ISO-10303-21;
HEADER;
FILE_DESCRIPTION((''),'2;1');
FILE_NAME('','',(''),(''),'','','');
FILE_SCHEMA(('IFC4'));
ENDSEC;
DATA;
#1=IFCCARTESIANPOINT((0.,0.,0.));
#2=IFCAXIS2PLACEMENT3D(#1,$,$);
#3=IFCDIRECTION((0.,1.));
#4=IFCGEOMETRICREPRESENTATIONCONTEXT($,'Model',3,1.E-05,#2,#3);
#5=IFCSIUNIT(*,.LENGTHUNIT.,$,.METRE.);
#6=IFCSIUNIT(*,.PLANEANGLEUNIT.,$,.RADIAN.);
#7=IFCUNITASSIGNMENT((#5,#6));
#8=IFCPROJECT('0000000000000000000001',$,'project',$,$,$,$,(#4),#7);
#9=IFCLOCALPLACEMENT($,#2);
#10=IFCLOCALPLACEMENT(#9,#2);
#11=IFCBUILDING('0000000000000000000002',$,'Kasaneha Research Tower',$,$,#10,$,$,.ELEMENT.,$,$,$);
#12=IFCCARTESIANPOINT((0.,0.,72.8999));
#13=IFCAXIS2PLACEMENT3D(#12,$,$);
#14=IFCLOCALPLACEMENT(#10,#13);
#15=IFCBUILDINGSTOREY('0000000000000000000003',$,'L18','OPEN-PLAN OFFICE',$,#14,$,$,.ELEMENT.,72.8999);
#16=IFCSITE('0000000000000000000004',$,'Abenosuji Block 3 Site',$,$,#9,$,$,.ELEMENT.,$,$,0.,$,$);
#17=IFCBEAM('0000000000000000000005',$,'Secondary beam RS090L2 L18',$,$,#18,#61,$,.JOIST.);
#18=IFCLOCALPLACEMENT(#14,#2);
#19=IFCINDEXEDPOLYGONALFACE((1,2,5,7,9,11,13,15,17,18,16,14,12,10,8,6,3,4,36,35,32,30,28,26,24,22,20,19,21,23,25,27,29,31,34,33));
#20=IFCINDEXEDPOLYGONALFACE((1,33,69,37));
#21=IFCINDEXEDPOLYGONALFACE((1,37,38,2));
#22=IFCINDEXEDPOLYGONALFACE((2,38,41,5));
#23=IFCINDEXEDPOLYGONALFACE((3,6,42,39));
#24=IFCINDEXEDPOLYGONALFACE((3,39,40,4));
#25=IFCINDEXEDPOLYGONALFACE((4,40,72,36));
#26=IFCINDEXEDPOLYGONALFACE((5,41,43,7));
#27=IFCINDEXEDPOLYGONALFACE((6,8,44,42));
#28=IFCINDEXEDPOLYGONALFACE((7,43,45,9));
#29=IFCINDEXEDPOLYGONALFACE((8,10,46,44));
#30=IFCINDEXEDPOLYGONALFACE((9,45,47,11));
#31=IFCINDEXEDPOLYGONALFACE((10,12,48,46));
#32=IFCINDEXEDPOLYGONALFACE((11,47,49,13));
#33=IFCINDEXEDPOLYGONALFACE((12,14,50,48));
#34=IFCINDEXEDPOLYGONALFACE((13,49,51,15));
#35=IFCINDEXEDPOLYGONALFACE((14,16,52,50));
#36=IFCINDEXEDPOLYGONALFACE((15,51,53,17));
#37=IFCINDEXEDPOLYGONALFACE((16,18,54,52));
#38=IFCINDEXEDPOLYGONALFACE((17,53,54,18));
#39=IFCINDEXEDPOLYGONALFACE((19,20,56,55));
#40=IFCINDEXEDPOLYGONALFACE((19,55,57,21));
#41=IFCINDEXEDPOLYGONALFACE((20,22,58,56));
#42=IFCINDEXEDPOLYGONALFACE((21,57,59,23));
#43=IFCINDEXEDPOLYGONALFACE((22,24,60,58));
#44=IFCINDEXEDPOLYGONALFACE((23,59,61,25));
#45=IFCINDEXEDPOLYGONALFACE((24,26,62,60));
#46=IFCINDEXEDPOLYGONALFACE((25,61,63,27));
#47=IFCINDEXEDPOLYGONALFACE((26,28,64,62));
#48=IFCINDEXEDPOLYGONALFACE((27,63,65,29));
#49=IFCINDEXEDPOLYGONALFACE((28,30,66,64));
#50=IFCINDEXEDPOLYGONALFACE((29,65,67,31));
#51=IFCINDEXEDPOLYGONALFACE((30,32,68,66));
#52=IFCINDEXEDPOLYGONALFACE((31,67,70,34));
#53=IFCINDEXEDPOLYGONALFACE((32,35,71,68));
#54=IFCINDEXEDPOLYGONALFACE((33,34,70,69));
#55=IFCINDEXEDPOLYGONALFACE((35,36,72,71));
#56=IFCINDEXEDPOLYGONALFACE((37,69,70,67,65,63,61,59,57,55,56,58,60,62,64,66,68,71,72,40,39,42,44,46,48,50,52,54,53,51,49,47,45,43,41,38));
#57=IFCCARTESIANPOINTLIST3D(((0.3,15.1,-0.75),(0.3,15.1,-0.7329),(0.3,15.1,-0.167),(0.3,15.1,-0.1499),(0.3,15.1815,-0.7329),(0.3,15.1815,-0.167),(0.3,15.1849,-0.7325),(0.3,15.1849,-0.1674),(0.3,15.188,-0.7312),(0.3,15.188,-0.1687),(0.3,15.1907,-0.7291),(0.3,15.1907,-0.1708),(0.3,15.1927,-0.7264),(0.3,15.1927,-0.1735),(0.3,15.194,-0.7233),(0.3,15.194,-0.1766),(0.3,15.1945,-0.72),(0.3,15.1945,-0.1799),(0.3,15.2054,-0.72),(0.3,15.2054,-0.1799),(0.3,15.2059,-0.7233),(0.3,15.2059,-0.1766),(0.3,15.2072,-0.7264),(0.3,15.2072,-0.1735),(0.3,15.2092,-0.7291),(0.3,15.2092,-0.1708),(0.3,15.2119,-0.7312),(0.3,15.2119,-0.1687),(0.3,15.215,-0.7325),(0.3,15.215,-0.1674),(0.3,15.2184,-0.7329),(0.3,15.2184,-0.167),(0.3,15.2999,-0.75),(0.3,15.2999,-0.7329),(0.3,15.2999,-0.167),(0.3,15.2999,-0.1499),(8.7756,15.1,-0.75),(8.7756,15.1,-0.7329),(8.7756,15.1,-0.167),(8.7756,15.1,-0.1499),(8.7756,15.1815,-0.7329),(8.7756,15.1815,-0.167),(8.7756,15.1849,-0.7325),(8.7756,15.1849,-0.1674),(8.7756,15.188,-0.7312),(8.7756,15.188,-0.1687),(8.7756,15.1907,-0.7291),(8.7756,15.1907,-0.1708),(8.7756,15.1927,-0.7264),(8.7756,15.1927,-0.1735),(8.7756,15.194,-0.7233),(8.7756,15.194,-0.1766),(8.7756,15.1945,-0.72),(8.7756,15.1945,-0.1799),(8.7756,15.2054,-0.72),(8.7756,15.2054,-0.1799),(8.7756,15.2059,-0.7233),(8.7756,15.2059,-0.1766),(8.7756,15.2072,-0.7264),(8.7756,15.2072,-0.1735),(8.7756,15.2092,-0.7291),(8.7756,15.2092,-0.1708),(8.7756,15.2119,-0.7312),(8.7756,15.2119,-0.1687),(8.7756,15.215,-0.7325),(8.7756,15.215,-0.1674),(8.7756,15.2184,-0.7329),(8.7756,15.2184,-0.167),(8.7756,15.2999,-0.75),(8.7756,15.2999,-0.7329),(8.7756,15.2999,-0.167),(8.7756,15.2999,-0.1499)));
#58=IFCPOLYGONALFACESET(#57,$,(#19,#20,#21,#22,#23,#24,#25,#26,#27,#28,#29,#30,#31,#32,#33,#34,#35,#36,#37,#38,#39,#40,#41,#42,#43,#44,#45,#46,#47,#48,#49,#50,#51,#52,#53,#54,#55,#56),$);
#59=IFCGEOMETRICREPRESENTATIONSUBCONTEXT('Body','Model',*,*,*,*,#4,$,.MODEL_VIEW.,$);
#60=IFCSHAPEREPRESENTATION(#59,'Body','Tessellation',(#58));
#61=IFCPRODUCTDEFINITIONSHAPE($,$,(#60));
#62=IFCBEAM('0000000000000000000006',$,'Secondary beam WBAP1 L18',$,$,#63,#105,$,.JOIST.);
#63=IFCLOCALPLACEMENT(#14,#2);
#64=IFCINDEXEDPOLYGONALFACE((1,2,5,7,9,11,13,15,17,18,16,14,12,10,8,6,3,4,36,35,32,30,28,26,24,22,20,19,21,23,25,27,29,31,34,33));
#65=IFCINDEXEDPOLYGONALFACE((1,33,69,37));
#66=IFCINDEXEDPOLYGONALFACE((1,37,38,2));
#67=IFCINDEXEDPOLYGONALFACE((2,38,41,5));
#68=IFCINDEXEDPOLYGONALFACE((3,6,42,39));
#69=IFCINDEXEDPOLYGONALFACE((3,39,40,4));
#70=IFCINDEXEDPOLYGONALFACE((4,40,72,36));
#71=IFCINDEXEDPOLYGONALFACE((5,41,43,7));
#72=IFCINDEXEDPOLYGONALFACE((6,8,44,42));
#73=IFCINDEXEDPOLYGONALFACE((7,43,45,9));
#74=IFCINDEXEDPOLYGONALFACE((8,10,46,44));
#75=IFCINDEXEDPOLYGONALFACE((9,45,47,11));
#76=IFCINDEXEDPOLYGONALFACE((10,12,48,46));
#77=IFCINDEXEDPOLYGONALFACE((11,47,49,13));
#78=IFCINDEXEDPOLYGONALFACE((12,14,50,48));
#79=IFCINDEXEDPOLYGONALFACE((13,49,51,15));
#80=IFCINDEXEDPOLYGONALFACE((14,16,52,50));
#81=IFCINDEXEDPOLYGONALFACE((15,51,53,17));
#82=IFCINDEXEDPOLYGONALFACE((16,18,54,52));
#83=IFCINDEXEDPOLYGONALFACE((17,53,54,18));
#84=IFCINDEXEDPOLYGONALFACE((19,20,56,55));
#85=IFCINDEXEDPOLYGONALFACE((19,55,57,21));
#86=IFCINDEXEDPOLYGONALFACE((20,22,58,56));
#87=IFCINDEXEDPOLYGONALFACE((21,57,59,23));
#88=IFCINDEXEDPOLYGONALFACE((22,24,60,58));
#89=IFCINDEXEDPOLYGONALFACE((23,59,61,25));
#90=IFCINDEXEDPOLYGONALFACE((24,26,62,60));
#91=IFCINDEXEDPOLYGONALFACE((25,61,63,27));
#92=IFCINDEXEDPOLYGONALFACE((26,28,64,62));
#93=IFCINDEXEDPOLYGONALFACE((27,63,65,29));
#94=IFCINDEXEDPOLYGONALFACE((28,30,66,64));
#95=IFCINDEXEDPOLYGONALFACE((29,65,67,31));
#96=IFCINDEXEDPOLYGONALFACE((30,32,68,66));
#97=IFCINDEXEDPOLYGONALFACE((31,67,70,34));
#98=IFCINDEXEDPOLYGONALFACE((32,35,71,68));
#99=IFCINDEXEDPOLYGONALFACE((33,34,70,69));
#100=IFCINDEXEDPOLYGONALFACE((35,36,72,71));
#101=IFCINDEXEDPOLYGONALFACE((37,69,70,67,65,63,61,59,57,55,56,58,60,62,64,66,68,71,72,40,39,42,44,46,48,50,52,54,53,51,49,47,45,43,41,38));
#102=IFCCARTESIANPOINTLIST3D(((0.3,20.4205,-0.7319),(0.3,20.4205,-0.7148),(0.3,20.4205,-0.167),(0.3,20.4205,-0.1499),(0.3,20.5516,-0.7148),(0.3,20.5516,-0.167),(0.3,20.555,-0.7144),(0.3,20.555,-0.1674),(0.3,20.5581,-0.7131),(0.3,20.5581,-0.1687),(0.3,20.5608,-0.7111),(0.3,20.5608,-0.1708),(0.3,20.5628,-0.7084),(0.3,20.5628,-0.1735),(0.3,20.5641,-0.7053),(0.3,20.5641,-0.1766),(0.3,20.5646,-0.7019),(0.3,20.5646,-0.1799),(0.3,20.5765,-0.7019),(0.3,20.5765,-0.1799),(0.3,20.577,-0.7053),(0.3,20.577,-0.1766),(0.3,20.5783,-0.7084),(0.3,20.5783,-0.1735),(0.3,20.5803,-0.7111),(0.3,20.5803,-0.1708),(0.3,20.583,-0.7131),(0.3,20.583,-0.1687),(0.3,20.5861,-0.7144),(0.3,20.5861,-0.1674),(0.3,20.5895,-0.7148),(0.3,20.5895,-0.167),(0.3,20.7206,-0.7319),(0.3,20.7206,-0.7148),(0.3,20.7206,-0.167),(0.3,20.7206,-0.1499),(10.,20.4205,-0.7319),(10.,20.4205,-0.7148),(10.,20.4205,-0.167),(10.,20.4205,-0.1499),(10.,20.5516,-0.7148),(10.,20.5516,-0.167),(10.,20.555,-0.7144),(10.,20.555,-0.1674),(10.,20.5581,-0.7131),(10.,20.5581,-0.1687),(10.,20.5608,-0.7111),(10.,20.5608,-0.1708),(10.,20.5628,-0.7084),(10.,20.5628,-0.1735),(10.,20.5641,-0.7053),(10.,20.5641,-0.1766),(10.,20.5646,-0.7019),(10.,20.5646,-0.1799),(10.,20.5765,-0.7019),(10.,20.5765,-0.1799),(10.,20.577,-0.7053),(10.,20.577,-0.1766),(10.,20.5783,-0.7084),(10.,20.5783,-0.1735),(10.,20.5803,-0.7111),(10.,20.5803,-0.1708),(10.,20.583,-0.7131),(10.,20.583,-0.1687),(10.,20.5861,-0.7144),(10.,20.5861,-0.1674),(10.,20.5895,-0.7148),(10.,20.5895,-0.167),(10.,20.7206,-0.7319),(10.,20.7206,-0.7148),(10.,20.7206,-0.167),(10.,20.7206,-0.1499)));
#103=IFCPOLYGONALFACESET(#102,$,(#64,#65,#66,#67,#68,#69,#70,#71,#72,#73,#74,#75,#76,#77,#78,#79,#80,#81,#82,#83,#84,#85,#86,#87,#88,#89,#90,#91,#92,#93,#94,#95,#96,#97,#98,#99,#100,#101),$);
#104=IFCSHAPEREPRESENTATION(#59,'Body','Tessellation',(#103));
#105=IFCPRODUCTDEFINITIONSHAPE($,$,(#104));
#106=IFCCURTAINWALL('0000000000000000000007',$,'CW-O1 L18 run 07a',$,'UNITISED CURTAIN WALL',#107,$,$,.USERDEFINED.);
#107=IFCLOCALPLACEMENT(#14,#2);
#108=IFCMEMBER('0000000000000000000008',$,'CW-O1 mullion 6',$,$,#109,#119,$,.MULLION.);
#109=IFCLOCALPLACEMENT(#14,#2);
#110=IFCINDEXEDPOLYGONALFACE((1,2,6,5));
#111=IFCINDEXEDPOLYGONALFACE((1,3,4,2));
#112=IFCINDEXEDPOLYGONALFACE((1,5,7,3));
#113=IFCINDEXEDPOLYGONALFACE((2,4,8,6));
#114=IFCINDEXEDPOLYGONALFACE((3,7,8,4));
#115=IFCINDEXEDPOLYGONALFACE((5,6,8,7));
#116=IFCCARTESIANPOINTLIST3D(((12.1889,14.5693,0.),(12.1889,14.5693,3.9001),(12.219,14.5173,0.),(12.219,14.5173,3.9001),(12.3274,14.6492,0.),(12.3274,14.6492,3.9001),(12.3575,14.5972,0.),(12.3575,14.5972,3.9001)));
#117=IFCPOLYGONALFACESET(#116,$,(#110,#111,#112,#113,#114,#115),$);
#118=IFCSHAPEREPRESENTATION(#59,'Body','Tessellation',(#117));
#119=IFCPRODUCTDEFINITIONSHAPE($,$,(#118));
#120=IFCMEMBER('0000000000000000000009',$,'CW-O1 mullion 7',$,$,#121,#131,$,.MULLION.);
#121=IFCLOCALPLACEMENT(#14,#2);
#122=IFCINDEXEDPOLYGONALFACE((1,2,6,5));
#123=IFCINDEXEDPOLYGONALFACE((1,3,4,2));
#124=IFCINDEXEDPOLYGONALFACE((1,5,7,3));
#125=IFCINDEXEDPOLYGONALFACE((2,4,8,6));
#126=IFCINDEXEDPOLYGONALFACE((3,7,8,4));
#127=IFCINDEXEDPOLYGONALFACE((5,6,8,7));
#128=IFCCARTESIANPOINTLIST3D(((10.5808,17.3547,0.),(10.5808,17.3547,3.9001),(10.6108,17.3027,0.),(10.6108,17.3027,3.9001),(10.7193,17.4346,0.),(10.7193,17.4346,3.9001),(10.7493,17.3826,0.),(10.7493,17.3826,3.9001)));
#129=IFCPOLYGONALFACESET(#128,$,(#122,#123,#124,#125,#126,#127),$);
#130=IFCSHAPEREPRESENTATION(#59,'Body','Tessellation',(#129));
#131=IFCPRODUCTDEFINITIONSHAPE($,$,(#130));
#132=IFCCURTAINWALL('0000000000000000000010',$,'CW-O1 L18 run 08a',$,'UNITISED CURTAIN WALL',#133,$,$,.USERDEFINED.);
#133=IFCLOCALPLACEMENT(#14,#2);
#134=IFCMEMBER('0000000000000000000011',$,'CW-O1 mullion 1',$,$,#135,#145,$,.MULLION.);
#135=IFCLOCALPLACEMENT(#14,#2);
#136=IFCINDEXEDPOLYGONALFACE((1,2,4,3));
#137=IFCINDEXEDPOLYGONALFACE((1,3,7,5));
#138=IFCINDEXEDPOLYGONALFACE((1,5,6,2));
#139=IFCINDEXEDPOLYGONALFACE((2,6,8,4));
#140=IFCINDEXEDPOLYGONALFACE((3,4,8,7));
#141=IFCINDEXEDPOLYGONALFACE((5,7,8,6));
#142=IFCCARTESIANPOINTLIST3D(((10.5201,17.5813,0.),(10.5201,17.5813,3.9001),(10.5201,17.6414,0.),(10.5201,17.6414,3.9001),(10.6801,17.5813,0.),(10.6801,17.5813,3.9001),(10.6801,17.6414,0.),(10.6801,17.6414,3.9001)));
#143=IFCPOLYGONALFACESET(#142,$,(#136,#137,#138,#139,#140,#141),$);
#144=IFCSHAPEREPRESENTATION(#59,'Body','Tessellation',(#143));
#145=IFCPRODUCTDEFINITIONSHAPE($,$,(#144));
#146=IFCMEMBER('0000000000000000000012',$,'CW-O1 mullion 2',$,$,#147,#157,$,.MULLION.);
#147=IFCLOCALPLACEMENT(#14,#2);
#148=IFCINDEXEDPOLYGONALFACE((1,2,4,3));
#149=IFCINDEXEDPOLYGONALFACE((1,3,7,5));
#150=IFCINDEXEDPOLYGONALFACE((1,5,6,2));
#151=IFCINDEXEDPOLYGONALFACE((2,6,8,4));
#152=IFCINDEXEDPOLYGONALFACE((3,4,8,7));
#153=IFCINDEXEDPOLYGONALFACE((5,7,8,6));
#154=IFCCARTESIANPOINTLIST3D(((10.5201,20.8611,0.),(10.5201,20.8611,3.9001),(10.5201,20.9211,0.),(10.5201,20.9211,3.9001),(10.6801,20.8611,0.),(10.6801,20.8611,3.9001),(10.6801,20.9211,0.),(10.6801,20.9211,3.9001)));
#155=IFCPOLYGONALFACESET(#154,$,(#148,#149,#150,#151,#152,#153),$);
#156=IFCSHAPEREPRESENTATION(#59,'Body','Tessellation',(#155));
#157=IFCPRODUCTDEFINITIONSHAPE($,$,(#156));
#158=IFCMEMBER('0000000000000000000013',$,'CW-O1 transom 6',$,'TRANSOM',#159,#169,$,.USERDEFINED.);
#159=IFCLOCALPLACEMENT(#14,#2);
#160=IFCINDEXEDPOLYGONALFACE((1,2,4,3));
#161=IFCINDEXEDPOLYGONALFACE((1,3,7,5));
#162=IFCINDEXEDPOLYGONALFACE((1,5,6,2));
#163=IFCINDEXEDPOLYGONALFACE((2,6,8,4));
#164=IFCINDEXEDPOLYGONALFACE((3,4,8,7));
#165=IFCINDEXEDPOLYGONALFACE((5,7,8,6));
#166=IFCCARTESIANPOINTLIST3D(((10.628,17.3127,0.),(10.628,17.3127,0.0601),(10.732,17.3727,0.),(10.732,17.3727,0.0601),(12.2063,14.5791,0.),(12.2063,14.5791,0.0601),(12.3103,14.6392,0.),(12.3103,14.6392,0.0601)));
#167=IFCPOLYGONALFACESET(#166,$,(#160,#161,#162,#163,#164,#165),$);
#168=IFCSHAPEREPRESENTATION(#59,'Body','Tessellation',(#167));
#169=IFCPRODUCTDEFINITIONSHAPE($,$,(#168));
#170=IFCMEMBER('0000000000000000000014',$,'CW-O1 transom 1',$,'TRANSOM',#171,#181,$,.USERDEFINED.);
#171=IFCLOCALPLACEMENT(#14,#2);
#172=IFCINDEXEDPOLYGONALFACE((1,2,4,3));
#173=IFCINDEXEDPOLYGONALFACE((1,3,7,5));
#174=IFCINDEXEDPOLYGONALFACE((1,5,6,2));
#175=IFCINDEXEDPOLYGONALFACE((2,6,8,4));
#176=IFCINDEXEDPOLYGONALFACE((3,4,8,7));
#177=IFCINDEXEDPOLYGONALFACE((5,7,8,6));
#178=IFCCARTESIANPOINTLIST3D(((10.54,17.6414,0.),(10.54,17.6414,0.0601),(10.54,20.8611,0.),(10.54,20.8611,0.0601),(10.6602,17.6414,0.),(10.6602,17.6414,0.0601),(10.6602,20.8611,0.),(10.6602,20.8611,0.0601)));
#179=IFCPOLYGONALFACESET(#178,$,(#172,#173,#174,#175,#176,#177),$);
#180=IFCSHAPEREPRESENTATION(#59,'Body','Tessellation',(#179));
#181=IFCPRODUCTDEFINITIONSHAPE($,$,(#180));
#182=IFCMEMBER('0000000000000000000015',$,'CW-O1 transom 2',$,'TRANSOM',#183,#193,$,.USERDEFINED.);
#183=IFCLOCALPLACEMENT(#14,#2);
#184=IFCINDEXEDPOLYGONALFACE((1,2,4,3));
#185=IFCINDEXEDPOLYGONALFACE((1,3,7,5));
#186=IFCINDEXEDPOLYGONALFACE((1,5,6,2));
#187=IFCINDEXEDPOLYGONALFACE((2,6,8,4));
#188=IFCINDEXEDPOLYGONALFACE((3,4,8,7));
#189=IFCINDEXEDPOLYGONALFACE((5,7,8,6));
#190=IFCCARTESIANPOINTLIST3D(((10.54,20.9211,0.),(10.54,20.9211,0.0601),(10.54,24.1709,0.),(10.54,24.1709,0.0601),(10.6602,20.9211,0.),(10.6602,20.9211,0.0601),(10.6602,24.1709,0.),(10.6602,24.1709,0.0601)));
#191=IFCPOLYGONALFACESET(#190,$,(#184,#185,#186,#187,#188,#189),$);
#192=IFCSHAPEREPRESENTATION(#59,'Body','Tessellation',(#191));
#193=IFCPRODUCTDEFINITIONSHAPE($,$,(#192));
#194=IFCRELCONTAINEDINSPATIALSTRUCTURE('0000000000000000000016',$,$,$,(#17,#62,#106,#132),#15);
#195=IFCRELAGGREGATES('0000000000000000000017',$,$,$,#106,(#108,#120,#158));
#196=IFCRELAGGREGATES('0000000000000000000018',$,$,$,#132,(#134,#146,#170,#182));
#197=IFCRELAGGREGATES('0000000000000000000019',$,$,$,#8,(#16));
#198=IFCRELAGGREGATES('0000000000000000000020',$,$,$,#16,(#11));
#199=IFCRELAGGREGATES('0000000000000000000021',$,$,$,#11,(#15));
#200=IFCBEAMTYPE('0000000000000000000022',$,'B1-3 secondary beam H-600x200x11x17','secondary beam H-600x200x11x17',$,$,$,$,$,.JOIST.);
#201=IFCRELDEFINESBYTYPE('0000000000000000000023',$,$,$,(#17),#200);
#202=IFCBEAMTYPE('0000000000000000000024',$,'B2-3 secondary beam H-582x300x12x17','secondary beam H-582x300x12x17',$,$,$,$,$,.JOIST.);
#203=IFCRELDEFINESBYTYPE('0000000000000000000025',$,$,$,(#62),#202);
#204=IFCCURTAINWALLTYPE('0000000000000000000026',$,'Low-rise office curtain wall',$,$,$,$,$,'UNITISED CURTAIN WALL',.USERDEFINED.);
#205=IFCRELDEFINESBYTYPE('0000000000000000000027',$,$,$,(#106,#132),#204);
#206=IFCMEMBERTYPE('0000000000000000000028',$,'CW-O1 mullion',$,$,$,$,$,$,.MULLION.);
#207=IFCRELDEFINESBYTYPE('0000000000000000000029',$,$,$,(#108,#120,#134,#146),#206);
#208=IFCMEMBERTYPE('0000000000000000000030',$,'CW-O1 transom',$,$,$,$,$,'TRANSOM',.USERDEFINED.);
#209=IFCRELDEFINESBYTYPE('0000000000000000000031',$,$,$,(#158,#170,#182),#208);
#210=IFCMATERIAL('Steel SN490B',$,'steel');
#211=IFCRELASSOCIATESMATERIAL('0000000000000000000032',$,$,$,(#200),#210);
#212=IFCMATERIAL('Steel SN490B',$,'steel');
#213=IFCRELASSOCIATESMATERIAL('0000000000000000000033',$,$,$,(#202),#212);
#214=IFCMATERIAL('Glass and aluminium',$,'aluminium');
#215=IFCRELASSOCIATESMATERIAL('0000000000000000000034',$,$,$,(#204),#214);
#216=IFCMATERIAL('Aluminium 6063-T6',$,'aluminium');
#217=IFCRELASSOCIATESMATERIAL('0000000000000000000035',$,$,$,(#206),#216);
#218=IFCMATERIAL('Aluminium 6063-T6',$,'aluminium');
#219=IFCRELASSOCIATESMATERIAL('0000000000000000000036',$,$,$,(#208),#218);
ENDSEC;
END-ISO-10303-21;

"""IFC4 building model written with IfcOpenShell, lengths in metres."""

from ifc_helpers import new_model, si_unit, direction, frame, origin, origin_2d, place, context, subcontext, project, spatial, rectangle, i_section, extrude, material, material_profile, profile_set, type_object, element, aggregate, save


model = new_model("IFC4")

# Units and contexts
model_context = context("Model", 3, precision=1e-05, world=origin(), true_north=direction((0.0, 1.0)))
body_context = subcontext(model_context, "Body", "Model", "MODEL_VIEW")
ifc_project = project(units=[si_unit("LENGTHUNIT", "METRE"), si_unit("PLANEANGLEUNIT", "RADIAN")], contexts=[model_context])

# Site, building, storey
site_placement = place(None, origin())
site = spatial("IfcSite", under=ifc_project, at=site_placement, Name="Abenosuji Block 3 Site", CompositionType="ELEMENT", RefElevation=0.0)
building_placement = place(site_placement, origin())
building = spatial("IfcBuilding", under=site, at=building_placement, Name="Kasaneha Research Tower", CompositionType="ELEMENT")
storey_placement = place(building_placement, frame((0.0, 0.0, 72.8999)))
storey = spatial("IfcBuildingStorey", under=building, at=storey_placement, Name="L18", Description="OPEN-PLAN OFFICE", CompositionType="ELEMENT", Elevation=72.8999)

# Beams
ifc_material_1 = material(Name="Steel SN490B", Category="steel")
ifc_material_profile_1 = material_profile(ifc_material_1, i_section(OverallWidth=0.2, OverallDepth=0.6001, WebThickness=0.011, FlangeThickness=0.0171, FilletRadius=0.0129, at=origin_2d()), Name="H-600x200x11x17")
ifc_profile_set_1 = profile_set([ifc_material_profile_1], Name="Steel SN490B")
beam_type_1 = type_object("IfcBeamType", Name="B1-3 secondary beam H-600x200x11x17", Description="secondary beam H-600x200x11x17", PredefinedType="JOIST", material=ifc_profile_set_1)
beam_1_placement = place(storey_placement, frame((8.7756, 15.2, -0.45), z_axis=(-1.0, 0.0, 0.0), x_axis=(0.0, -1.0, 0.0)))
element("IfcBeam", 1, at=beam_1_placement, inside=storey, type_object=beam_type_1, Name="Secondary beam RS090L2 L18", PredefinedType="JOIST", context=body_context, shape_type="SweptSolid", body=[
    extrude(i_section(OverallWidth=0.2, OverallDepth=0.6001, WebThickness=0.011, FlangeThickness=0.0171, FilletRadius=0.0129, at=origin_2d()), origin(), (0.0, 0.0, 1.0), 8.4756),
])
ifc_material_2 = material(Name="Steel SN490B", Category="steel")
ifc_material_profile_2 = material_profile(ifc_material_2, i_section(OverallWidth=0.3, OverallDepth=0.582, WebThickness=0.012, FlangeThickness=0.0171, FilletRadius=0.0129, at=origin_2d()), Name="H-582x300x12x17")
ifc_profile_set_2 = profile_set([ifc_material_profile_2], Name="Steel SN490B")
beam_type_2 = type_object("IfcBeamType", Name="B2-3 secondary beam H-582x300x12x17", Description="secondary beam H-582x300x12x17", PredefinedType="JOIST", material=ifc_profile_set_2)
beam_2_placement = place(storey_placement, frame((10.0, 20.5706, -0.4409), z_axis=(-1.0, 0.0, 0.0), x_axis=(0.0, -1.0, 0.0)))
element("IfcBeam", 2, at=beam_2_placement, inside=storey, type_object=beam_type_2, Name="Secondary beam WBAP1 L18", PredefinedType="JOIST", context=body_context, shape_type="SweptSolid", body=[
    extrude(i_section(OverallWidth=0.3, OverallDepth=0.582, WebThickness=0.012, FlangeThickness=0.0171, FilletRadius=0.0129, at=origin_2d()), origin(), (0.0, 0.0, 1.0), 9.7),
])

# Curtain walls, members
ifc_material_3 = material(Name="Glass and aluminium", Category="aluminium")
curtain_wall_type = type_object("IfcCurtainWallType", Name="Low-rise office curtain wall", ElementType="UNITISED CURTAIN WALL", PredefinedType="USERDEFINED", material=ifc_material_3)
curtain_wall_1_placement = place(storey_placement, origin())
curtain_wall_1 = element("IfcCurtainWall", 3, at=curtain_wall_1_placement, inside=storey, type_object=curtain_wall_type, Name="CW-O1 L18 run 07a", ObjectType="UNITISED CURTAIN WALL", PredefinedType="USERDEFINED")
ifc_material_4 = material(Name="Aluminium 6063-T6", Category="aluminium")
ifc_material_profile_3 = material_profile(ifc_material_4, rectangle(XDim=0.0601, YDim=0.1599, at=origin_2d()), Name="CW-O1 mullion 60x160")
ifc_profile_set_3 = profile_set([ifc_material_profile_3], Name="Aluminium 6063-T6")
member_type_1 = type_object("IfcMemberType", Name="CW-O1 mullion", PredefinedType="MULLION", material=ifc_profile_set_3)
member_1_placement = place(storey_placement, frame((12.2732, 14.5833, 0.0), z_axis=(0.0, 0.0, 1.0), x_axis=(-0.5, 0.866025, 0.0)))
member_1 = element("IfcMember", 4, at=member_1_placement, type_object=member_type_1, Name="CW-O1 mullion 6", PredefinedType="MULLION", context=body_context, shape_type="SweptSolid", body=[
    extrude(rectangle(XDim=0.0601, YDim=0.1599, at=origin_2d()), origin(), (0.0, 0.0, 1.0), 3.9001),
])
member_2_placement = place(storey_placement, frame((10.665, 17.3687, 0.0), z_axis=(0.0, 0.0, 1.0), x_axis=(-0.5, 0.866025, 0.0)))
member_2 = element("IfcMember", 5, at=member_2_placement, type_object=member_type_1, Name="CW-O1 mullion 7", PredefinedType="MULLION", context=body_context, shape_type="SweptSolid", body=[
    extrude(rectangle(XDim=0.0601, YDim=0.1599, at=origin_2d()), origin(), (0.0, 0.0, 1.0), 3.9001),
])
curtain_wall_2_placement = place(storey_placement, origin())
curtain_wall_2 = element("IfcCurtainWall", 6, at=curtain_wall_2_placement, inside=storey, type_object=curtain_wall_type, Name="CW-O1 L18 run 08a", ObjectType="UNITISED CURTAIN WALL", PredefinedType="USERDEFINED")
member_3_placement = place(storey_placement, frame((10.6001, 17.6113, 0.0), z_axis=(0.0, 0.0, 1.0), x_axis=(0.0, 1.0, 0.0)))
member_3 = element("IfcMember", 7, at=member_3_placement, type_object=member_type_1, Name="CW-O1 mullion 1", PredefinedType="MULLION", context=body_context, shape_type="SweptSolid", body=[
    extrude(rectangle(XDim=0.0601, YDim=0.1599, at=origin_2d()), origin(), (0.0, 0.0, 1.0), 3.9001),
])
member_4_placement = place(storey_placement, frame((10.6001, 20.8911, 0.0), z_axis=(0.0, 0.0, 1.0), x_axis=(0.0, 1.0, 0.0)))
member_4 = element("IfcMember", 8, at=member_4_placement, type_object=member_type_1, Name="CW-O1 mullion 2", PredefinedType="MULLION", context=body_context, shape_type="SweptSolid", body=[
    extrude(rectangle(XDim=0.0601, YDim=0.1599, at=origin_2d()), origin(), (0.0, 0.0, 1.0), 3.9001),
])

# Members
ifc_material_5 = material(Name="Aluminium 6063-T6", Category="aluminium")
ifc_material_profile_4 = material_profile(ifc_material_5, rectangle(XDim=0.1201, YDim=0.0601, at=origin_2d()), Name="CW-O1 transom 120x60")
ifc_profile_set_4 = profile_set([ifc_material_profile_4], Name="Aluminium 6063-T6")
member_type_2 = type_object("IfcMemberType", Name="CW-O1 transom", ElementType="TRANSOM", PredefinedType="USERDEFINED", material=ifc_profile_set_4)
member_5_placement = place(storey_placement, frame((12.2583, 14.6091, 0.03), z_axis=(-0.500024, 0.866012, 0.0), x_axis=(-0.866012, -0.500024, 0.0)))
member_5 = element("IfcMember", 9, at=member_5_placement, type_object=member_type_2, Name="CW-O1 transom 6", ObjectType="TRANSOM", PredefinedType="USERDEFINED", context=body_context, shape_type="SweptSolid", body=[
    extrude(rectangle(XDim=0.1201, YDim=0.0601, at=origin_2d()), origin(), (0.0, 0.0, 1.0), 3.1565),
])
member_6_placement = place(storey_placement, frame((10.6001, 17.6414, 0.03), z_axis=(0.0, 1.0, 0.0), x_axis=(-1.0, 0.0, 0.0)))
member_6 = element("IfcMember", 10, at=member_6_placement, type_object=member_type_2, Name="CW-O1 transom 1", ObjectType="TRANSOM", PredefinedType="USERDEFINED", context=body_context, shape_type="SweptSolid", body=[
    extrude(rectangle(XDim=0.1201, YDim=0.0601, at=origin_2d()), origin(), (0.0, 0.0, 1.0), 3.2197),
])
member_7_placement = place(storey_placement, frame((10.6001, 20.9211, 0.03), z_axis=(0.0, 1.0, 0.0), x_axis=(-1.0, 0.0, 0.0)))
member_7 = element("IfcMember", 11, at=member_7_placement, type_object=member_type_2, Name="CW-O1 transom 2", ObjectType="TRANSOM", PredefinedType="USERDEFINED", context=body_context, shape_type="SweptSolid", body=[
    extrude(rectangle(XDim=0.1201, YDim=0.0601, at=origin_2d()), origin(), (0.0, 0.0, 1.0), 3.2498),
])

aggregate(curtain_wall_1, [member_1, member_2, member_5])
aggregate(curtain_wall_2, [member_3, member_4, member_6, member_7])

save(model, "model.ifc")
